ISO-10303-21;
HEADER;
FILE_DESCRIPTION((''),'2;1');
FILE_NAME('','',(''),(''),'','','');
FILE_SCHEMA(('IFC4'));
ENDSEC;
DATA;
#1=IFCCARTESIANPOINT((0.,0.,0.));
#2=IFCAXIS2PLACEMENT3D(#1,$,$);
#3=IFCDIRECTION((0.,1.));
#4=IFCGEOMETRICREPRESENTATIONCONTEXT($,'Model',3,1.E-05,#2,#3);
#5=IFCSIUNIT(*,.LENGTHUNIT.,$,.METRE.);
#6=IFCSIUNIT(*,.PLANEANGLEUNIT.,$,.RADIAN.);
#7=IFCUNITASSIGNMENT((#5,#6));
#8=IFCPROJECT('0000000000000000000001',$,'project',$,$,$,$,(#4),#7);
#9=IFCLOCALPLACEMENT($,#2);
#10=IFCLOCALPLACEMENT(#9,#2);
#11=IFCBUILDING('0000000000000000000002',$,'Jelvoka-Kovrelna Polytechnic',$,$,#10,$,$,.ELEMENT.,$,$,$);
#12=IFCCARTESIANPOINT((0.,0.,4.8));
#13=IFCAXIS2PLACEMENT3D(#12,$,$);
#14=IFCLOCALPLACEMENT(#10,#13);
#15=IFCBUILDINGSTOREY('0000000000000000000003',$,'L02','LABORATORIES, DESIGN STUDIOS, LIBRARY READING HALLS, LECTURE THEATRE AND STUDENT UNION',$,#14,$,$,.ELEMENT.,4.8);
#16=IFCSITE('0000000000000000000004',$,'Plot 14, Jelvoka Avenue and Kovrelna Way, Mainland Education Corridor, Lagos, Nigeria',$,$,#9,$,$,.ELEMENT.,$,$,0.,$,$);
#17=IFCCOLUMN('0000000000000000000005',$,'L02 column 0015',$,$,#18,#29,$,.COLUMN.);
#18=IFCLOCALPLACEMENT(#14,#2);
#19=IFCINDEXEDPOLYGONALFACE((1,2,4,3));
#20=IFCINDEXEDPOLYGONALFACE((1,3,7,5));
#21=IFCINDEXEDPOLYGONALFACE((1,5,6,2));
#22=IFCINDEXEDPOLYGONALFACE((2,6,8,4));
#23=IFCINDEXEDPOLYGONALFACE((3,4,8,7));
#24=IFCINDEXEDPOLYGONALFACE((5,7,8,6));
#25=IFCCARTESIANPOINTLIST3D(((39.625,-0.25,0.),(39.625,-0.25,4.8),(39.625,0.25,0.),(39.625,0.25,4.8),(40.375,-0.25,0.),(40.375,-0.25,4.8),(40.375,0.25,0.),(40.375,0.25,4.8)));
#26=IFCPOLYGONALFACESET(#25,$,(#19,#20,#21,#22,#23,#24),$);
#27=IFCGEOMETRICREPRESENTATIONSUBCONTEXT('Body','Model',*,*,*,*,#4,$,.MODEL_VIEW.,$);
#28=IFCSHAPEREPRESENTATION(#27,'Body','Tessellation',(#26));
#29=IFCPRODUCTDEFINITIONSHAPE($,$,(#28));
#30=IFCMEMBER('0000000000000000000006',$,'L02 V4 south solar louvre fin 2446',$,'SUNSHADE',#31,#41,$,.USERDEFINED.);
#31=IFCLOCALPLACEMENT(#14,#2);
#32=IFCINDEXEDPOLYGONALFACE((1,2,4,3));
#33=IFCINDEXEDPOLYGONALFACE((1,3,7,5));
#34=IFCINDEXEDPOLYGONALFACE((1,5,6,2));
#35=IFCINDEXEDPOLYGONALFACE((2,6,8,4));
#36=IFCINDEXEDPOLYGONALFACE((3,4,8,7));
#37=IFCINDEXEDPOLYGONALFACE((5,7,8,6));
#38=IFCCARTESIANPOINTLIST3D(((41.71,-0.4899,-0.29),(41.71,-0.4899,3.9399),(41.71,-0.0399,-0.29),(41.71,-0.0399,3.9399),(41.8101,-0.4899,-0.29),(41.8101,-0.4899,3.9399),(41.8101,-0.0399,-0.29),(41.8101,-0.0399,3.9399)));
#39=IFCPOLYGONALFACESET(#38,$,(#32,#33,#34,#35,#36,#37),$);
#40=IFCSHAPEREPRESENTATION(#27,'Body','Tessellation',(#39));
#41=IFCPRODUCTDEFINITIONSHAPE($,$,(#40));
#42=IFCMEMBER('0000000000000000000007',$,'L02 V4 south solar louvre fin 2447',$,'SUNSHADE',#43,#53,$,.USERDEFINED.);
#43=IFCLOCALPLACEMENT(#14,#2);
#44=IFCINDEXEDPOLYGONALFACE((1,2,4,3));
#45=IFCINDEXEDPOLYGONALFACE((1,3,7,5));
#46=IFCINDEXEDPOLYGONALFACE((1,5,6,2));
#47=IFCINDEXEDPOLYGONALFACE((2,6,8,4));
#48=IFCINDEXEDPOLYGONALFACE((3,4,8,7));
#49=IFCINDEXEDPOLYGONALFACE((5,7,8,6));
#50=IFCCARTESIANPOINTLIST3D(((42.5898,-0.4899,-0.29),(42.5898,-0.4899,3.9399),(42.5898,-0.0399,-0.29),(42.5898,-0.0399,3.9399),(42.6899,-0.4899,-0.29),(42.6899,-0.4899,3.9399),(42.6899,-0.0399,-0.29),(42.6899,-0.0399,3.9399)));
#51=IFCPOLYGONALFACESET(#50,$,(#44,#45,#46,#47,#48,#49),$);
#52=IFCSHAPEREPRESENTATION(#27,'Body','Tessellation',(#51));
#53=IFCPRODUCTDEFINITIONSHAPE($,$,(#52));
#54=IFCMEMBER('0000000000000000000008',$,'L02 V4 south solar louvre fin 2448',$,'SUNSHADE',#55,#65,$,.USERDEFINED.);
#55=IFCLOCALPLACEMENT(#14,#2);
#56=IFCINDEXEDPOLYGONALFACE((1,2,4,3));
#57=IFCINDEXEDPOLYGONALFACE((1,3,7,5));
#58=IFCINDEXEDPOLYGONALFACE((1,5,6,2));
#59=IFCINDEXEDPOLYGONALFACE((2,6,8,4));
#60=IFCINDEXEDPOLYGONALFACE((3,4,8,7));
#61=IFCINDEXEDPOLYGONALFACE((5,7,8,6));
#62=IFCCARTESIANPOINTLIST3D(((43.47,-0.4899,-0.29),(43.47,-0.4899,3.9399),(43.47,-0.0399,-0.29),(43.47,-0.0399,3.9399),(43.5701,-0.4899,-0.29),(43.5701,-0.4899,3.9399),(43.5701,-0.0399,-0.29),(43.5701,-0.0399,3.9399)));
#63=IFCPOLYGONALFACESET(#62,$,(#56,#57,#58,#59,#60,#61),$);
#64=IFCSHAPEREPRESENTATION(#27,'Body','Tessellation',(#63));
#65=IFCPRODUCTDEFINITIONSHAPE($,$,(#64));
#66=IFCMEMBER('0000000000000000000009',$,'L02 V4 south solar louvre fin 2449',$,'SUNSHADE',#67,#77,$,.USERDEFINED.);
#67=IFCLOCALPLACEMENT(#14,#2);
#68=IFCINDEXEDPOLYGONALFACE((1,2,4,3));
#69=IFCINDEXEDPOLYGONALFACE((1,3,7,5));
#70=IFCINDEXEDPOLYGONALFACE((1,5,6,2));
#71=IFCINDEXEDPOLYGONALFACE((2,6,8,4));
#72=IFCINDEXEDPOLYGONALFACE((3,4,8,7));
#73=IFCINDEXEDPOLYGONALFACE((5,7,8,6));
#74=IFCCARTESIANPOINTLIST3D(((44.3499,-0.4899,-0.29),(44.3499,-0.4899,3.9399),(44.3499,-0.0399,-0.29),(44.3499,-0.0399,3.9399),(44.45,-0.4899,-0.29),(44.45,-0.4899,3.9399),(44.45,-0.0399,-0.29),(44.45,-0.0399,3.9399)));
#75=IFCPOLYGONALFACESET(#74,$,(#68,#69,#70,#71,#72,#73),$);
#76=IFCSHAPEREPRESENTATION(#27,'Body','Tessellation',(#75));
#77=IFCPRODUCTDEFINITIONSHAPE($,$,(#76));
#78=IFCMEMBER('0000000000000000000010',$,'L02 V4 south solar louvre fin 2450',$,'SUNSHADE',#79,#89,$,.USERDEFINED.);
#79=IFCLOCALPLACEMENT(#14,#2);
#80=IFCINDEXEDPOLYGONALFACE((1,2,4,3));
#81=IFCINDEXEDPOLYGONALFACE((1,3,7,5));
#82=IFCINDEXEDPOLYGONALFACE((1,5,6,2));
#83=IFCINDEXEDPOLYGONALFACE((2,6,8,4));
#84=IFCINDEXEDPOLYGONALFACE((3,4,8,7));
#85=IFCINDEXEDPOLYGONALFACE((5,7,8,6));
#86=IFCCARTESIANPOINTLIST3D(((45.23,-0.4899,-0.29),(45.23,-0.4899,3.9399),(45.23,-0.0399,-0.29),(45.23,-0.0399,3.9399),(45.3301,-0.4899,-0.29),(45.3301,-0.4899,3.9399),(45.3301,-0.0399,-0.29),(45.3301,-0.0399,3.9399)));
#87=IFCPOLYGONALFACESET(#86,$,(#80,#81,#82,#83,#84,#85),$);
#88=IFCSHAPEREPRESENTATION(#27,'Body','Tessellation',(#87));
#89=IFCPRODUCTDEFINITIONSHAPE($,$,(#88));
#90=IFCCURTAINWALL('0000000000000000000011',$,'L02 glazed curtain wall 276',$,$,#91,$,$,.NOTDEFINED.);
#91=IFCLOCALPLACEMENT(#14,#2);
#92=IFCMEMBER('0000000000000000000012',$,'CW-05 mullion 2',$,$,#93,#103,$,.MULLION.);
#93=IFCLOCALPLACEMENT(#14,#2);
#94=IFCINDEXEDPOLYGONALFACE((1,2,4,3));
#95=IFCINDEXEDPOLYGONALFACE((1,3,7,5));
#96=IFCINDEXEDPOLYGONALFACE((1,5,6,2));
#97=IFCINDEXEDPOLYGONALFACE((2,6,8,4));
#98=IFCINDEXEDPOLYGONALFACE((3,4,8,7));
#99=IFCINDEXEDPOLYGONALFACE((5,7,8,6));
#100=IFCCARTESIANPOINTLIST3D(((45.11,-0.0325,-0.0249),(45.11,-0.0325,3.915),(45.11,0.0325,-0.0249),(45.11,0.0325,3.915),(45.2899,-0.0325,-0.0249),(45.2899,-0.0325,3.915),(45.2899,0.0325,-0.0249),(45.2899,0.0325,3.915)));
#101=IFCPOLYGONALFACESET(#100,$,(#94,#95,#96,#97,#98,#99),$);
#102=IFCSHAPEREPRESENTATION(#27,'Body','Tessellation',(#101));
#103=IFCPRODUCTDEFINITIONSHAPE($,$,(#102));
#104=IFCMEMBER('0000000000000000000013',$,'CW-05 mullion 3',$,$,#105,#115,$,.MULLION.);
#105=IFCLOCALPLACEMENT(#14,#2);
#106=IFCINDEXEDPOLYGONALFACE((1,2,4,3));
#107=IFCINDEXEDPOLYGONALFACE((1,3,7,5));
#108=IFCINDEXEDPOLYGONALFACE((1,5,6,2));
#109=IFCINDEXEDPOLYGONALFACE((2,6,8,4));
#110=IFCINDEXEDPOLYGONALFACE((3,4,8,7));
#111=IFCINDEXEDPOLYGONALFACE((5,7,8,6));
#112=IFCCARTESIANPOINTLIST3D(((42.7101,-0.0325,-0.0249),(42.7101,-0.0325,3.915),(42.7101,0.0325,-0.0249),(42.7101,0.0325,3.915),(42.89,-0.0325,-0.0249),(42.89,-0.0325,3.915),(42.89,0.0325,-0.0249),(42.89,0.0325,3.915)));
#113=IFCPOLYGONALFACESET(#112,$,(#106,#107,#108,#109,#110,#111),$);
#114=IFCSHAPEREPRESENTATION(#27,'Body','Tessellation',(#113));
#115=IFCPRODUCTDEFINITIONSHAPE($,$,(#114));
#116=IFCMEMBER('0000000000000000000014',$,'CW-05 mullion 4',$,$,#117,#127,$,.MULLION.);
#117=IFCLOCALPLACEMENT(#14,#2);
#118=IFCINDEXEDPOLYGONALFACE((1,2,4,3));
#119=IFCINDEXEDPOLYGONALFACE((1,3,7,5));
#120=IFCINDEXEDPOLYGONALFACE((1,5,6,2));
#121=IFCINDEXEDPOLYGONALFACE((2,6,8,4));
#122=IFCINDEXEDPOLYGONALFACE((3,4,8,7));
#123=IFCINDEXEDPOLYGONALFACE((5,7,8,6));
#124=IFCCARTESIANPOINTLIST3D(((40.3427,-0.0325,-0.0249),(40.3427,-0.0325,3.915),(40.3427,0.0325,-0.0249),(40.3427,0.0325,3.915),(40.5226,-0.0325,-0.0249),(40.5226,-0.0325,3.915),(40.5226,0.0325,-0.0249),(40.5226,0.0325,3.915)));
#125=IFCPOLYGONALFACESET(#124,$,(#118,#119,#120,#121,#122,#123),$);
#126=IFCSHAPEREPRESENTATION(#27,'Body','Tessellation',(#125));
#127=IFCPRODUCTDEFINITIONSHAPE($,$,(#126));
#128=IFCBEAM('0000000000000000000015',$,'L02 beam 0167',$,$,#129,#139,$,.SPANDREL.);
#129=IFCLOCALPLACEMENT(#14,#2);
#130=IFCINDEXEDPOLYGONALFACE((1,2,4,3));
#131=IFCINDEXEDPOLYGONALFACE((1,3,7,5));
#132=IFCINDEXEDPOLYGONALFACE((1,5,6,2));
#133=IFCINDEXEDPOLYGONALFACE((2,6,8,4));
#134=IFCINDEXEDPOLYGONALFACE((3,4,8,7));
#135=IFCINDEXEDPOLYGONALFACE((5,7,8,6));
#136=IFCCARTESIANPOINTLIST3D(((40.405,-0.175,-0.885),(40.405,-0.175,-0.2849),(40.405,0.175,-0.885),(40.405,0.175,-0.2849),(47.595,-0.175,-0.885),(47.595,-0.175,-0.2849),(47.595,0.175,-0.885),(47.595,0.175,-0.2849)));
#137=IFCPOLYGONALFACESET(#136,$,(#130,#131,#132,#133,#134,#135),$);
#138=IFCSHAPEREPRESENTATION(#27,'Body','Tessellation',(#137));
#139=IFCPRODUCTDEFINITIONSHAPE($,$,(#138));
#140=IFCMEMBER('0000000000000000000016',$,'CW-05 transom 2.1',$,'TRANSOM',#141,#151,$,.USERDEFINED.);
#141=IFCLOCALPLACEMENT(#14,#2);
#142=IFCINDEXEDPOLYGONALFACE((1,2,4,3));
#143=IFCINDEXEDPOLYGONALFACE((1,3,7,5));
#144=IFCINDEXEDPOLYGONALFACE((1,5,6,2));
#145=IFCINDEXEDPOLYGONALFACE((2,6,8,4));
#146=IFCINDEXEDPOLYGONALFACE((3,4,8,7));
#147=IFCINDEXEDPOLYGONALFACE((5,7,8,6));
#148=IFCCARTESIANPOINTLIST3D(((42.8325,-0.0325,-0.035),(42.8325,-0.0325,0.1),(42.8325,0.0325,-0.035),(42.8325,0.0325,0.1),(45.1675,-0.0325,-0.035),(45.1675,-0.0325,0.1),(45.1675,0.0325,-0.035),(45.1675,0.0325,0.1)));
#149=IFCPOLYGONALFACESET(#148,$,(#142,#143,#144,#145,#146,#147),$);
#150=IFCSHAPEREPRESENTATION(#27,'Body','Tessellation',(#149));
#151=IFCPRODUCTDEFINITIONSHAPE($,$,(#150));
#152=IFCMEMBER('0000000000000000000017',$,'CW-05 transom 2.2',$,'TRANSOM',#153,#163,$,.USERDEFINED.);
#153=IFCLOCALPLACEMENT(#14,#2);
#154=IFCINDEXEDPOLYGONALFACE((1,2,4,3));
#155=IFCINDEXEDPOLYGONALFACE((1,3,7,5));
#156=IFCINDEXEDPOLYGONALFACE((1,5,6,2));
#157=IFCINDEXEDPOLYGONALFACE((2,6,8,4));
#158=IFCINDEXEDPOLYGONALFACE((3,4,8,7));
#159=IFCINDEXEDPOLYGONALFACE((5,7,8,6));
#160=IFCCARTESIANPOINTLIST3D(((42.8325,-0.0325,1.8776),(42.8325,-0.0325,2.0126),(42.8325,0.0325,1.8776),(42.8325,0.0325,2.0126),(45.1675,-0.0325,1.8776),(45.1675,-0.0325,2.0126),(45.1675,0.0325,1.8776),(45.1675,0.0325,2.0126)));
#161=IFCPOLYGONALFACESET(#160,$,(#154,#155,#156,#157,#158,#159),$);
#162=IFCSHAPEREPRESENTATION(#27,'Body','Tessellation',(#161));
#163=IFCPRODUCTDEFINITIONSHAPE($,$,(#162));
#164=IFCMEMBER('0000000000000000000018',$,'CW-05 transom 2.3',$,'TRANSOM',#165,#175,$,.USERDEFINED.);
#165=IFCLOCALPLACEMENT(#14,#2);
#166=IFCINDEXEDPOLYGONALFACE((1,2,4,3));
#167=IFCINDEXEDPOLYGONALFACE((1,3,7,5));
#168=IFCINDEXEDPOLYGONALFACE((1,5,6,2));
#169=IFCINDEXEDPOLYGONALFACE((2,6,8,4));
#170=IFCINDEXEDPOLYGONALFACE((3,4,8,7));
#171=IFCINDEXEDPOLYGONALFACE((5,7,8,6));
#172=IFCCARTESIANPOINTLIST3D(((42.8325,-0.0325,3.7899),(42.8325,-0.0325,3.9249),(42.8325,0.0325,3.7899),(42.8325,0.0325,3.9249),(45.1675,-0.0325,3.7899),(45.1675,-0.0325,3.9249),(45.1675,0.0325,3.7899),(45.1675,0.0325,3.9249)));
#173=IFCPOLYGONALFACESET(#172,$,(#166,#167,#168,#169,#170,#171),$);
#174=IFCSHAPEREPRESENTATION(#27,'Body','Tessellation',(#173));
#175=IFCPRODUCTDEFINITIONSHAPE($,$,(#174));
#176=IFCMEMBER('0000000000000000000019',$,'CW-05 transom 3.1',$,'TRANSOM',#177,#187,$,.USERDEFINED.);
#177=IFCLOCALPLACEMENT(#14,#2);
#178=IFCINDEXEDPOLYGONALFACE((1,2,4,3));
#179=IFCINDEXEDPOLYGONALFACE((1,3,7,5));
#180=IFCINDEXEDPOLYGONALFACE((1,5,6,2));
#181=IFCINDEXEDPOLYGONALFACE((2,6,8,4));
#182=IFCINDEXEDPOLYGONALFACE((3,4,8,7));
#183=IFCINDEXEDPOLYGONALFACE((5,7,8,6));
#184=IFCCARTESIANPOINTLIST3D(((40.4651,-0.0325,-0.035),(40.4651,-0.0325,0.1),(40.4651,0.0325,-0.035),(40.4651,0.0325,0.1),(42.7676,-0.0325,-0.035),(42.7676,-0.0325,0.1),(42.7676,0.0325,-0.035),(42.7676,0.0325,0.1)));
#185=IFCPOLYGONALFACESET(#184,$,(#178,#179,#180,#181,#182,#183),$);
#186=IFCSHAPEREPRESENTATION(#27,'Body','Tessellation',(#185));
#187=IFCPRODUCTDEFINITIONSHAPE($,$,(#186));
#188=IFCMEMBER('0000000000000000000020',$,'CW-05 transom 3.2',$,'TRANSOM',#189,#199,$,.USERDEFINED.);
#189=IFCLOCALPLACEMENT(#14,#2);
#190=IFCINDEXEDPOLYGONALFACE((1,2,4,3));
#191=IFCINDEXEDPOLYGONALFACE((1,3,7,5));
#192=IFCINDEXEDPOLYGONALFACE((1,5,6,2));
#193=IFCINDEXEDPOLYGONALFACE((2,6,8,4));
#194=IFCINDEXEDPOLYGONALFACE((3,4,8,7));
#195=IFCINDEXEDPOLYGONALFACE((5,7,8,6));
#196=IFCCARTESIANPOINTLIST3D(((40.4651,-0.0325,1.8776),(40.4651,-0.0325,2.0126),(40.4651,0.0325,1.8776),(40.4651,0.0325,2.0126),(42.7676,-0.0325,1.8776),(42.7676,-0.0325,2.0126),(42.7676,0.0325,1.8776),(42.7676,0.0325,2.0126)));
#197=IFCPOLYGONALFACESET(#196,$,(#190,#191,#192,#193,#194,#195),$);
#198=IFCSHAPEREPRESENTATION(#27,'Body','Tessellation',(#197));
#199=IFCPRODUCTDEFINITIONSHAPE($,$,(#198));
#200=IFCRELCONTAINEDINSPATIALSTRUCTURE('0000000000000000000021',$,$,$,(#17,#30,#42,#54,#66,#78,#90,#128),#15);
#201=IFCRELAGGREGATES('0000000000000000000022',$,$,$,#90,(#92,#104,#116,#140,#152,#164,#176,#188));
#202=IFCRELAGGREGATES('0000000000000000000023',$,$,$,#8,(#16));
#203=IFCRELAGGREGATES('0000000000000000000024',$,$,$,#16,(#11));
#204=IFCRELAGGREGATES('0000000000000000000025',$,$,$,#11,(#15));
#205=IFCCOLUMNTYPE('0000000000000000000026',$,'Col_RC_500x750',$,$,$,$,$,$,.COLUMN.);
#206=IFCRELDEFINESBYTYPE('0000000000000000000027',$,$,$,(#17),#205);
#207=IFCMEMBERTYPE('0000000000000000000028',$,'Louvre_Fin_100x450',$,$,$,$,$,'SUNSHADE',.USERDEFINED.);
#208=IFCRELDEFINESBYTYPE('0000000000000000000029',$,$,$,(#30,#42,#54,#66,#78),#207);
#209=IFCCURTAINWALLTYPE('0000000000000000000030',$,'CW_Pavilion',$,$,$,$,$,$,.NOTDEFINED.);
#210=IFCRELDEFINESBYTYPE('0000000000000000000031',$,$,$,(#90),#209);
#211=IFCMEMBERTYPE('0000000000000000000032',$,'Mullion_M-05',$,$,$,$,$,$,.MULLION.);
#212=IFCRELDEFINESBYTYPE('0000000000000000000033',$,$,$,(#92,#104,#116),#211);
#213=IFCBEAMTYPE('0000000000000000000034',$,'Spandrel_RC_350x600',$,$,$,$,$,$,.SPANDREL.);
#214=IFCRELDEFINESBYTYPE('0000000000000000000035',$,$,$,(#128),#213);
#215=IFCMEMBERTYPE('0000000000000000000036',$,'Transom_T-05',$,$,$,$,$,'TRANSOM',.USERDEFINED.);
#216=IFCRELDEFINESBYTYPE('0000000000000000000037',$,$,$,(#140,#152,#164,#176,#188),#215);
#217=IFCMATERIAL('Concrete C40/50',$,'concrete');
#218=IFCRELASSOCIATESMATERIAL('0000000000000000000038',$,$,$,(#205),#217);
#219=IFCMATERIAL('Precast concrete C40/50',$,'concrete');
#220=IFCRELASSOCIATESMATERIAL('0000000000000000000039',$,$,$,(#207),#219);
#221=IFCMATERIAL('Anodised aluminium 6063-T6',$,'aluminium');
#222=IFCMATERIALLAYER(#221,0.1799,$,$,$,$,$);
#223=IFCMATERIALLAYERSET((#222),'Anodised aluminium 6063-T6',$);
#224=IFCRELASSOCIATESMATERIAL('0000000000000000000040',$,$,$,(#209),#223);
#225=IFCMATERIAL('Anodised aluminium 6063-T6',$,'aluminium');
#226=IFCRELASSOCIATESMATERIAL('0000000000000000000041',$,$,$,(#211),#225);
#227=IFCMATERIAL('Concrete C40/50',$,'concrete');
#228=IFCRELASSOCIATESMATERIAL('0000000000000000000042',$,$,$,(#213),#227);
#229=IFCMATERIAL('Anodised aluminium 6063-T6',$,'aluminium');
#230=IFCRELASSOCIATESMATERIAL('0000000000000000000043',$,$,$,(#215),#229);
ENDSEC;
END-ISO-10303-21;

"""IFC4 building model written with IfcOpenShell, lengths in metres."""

from ifc_helpers import new_model, si_unit, direction, frame, origin, origin_2d, place, context, subcontext, project, spatial, rectangle, extrude, material, layer, layer_set, material_profile, profile_set, type_object, element, aggregate, save


model = new_model("IFC4")

# Units and contexts
model_context = context("Model", 3, precision=1e-05, world=origin(), true_north=direction((0.0, 1.0)))
body_context = subcontext(model_context, "Body", "Model", "MODEL_VIEW")
ifc_project = project(units=[si_unit("LENGTHUNIT", "METRE"), si_unit("PLANEANGLEUNIT", "RADIAN")], contexts=[model_context])

# Site, building, storey
site_placement = place(None, origin())
site = spatial("IfcSite", under=ifc_project, at=site_placement, Name="Plot 14, Jelvoka Avenue and Kovrelna Way, Mainland Education Corridor, Lagos, Nigeria", CompositionType="ELEMENT", RefElevation=0.0)
building_placement = place(site_placement, origin())
building = spatial("IfcBuilding", under=site, at=building_placement, Name="Jelvoka-Kovrelna Polytechnic", CompositionType="ELEMENT")
storey_placement = place(building_placement, frame((0.0, 0.0, 4.8)))
storey = spatial("IfcBuildingStorey", under=building, at=storey_placement, Name="L02", Description="LABORATORIES, DESIGN STUDIOS, LIBRARY READING HALLS, LECTURE THEATRE AND STUDENT UNION", CompositionType="ELEMENT", Elevation=4.8)

# Column
ifc_material_1 = material(Name="Concrete C40/50", Category="concrete")
ifc_material_profile_1 = material_profile(ifc_material_1, rectangle(XDim=0.5, YDim=0.75, at=origin_2d()), Name="RC 500x750")
ifc_profile_set_1 = profile_set([ifc_material_profile_1], Name="Concrete C40/50")
column_type = type_object("IfcColumnType", Name="Col_RC_500x750", PredefinedType="COLUMN", material=ifc_profile_set_1)
column_placement = place(storey_placement, frame((40.0, 0.0, 0.0), z_axis=(0.0, 0.0, 1.0), x_axis=(0.0, 1.0, 0.0)))
element("IfcColumn", 1, at=column_placement, inside=storey, type_object=column_type, Name="L02 column 0015", PredefinedType="COLUMN", context=body_context, shape_type="SweptSolid", body=[
    extrude(rectangle(XDim=0.5, YDim=0.75, at=origin_2d()), origin(), (0.0, 0.0, 1.0), 4.8),
])

# Members
ifc_material_2 = material(Name="Precast concrete C40/50", Category="concrete")
ifc_material_profile_2 = material_profile(ifc_material_2, rectangle(XDim=0.1001, YDim=0.45, at=origin_2d()), Name="PC 100x450")
ifc_profile_set_2 = profile_set([ifc_material_profile_2], Name="Precast concrete C40/50")
member_type_1 = type_object("IfcMemberType", Name="Louvre_Fin_100x450", ElementType="SUNSHADE", PredefinedType="USERDEFINED", material=ifc_profile_set_2)
for number, where, z_axis, x_axis, name in (
    (2, (41.76, -0.2649, -0.29), (0.0, 0.0, 1.0), (1.0, 0.0, 0.0), "L02 V4 south solar louvre fin 2446"),
    (3, (42.6399, -0.2649, -0.29), (0.0, 0.0, 1.0), (1.0, 0.0, 0.0), "L02 V4 south solar louvre fin 2447"),
    (4, (43.52, -0.2649, -0.29), (0.0, 0.0, 1.0), (1.0, 0.0, 0.0), "L02 V4 south solar louvre fin 2448"),
    (5, (44.3999, -0.2649, -0.29), (0.0, 0.0, 1.0), (1.0, 0.0, 0.0), "L02 V4 south solar louvre fin 2449"),
    (6, (45.28, -0.2649, -0.29), (0.0, 0.0, 1.0), (1.0, 0.0, 0.0), "L02 V4 south solar louvre fin 2450"),
):
    element("IfcMember", number, at=place(storey_placement, frame(where, z_axis=z_axis, x_axis=x_axis)), inside=storey, type_object=member_type_1, Name=name, ObjectType="SUNSHADE", PredefinedType="USERDEFINED", context=body_context, shape_type="SweptSolid", body=[
        extrude(rectangle(XDim=0.1001, YDim=0.45, at=origin_2d()), origin(), (0.0, 0.0, 1.0), 4.23),
    ])

# Curtain wall, members
ifc_material_3 = material(Name="Anodised aluminium 6063-T6", Category="aluminium")
ifc_layer_1 = layer(ifc_material_3, 0.1799)
ifc_layer_set_1 = layer_set([ifc_layer_1], Name="Anodised aluminium 6063-T6")
curtain_wall_type = type_object("IfcCurtainWallType", Name="CW_Pavilion", PredefinedType="NOTDEFINED", material=ifc_layer_set_1)
curtain_wall_placement = place(storey_placement, origin())
curtain_wall = element("IfcCurtainWall", 7, at=curtain_wall_placement, inside=storey, type_object=curtain_wall_type, Name="L02 glazed curtain wall 276", PredefinedType="NOTDEFINED")
ifc_material_4 = material(Name="Anodised aluminium 6063-T6", Category="aluminium")
ifc_material_profile_3 = material_profile(ifc_material_4, rectangle(XDim=0.0649, YDim=0.1799, at=origin_2d()), Name="ALU 65x180")
ifc_profile_set_3 = profile_set([ifc_material_profile_3], Name="Anodised aluminium 6063-T6")
member_type_2 = type_object("IfcMemberType", Name="Mullion_M-05", PredefinedType="MULLION", material=ifc_profile_set_3)
member_1_placement = place(storey_placement, frame((45.2, 0.0, -0.0249), z_axis=(0.0, 0.0, 1.0), x_axis=(0.0, -1.0, 0.0)))
member_1 = element("IfcMember", 8, at=member_1_placement, type_object=member_type_2, Name="CW-05 mullion 2", PredefinedType="MULLION", context=body_context, shape_type="SweptSolid", body=[
    extrude(rectangle(XDim=0.0649, YDim=0.1799, at=origin_2d()), origin(), (0.0, 0.0, 1.0), 3.9399),
])
member_2_placement = place(storey_placement, frame((42.8, 0.0, -0.0249), z_axis=(0.0, 0.0, 1.0), x_axis=(0.0, -1.0, 0.0)))
member_2 = element("IfcMember", 9, at=member_2_placement, type_object=member_type_2, Name="CW-05 mullion 3", PredefinedType="MULLION", context=body_context, shape_type="SweptSolid", body=[
    extrude(rectangle(XDim=0.0649, YDim=0.1799, at=origin_2d()), origin(), (0.0, 0.0, 1.0), 3.9399),
])
member_3_placement = place(storey_placement, frame((40.4326, 0.0, -0.0249), z_axis=(0.0, 0.0, 1.0), x_axis=(0.0, -1.0, 0.0)))
member_3 = element("IfcMember", 10, at=member_3_placement, type_object=member_type_2, Name="CW-05 mullion 4", PredefinedType="MULLION", context=body_context, shape_type="SweptSolid", body=[
    extrude(rectangle(XDim=0.0649, YDim=0.1799, at=origin_2d()), origin(), (0.0, 0.0, 1.0), 3.9399),
])

# Beam
ifc_material_5 = material(Name="Concrete C40/50", Category="concrete")
ifc_material_profile_4 = material_profile(ifc_material_5, rectangle(XDim=0.3501, YDim=0.6001, at=origin_2d()), Name="RC 350x600")
ifc_profile_set_4 = profile_set([ifc_material_profile_4], Name="Concrete C40/50")
beam_type = type_object("IfcBeamType", Name="Spandrel_RC_350x600", PredefinedType="SPANDREL", material=ifc_profile_set_4)
beam_placement = place(storey_placement, frame((40.405, 0.0, -0.585), z_axis=(1.0, 0.0, 0.0), x_axis=(0.0, 1.0, 0.0)))
element("IfcBeam", 11, at=beam_placement, inside=storey, type_object=beam_type, Name="L02 beam 0167", PredefinedType="SPANDREL", context=body_context, shape_type="SweptSolid", body=[
    extrude(rectangle(XDim=0.3501, YDim=0.6001, at=origin_2d()), origin(), (0.0, 0.0, 1.0), 7.1899),
])

# Members
ifc_material_6 = material(Name="Anodised aluminium 6063-T6", Category="aluminium")
ifc_material_profile_5 = material_profile(ifc_material_6, rectangle(XDim=0.0649, YDim=0.135, at=origin_2d()), Name="ALU 65x135")
ifc_profile_set_5 = profile_set([ifc_material_profile_5], Name="Anodised aluminium 6063-T6")
member_type_3 = type_object("IfcMemberType", Name="Transom_T-05", ElementType="TRANSOM", PredefinedType="USERDEFINED", material=ifc_profile_set_5)
member_4_placement = place(storey_placement, frame((45.1675, 0.0, 0.0325), z_axis=(-1.0, 0.0, 0.0), x_axis=(0.0, -1.0, 0.0)))
member_4 = element("IfcMember", 12, at=member_4_placement, type_object=member_type_3, Name="CW-05 transom 2.1", ObjectType="TRANSOM", PredefinedType="USERDEFINED", context=body_context, shape_type="SweptSolid", body=[
    extrude(rectangle(XDim=0.0649, YDim=0.135, at=origin_2d()), origin(), (0.0, 0.0, 1.0), 2.335),
])
member_5_placement = place(storey_placement, frame((45.1675, 0.0, 1.9451), z_axis=(-1.0, 0.0, 0.0), x_axis=(0.0, -1.0, 0.0)))
member_5 = element("IfcMember", 13, at=member_5_placement, type_object=member_type_3, Name="CW-05 transom 2.2", ObjectType="TRANSOM", PredefinedType="USERDEFINED", context=body_context, shape_type="SweptSolid", body=[
    extrude(rectangle(XDim=0.0649, YDim=0.135, at=origin_2d()), origin(), (0.0, 0.0, 1.0), 2.335),
])
member_6_placement = place(storey_placement, frame((45.1675, 0.0, 3.8574), z_axis=(-1.0, 0.0, 0.0), x_axis=(0.0, -1.0, 0.0)))
member_6 = element("IfcMember", 14, at=member_6_placement, type_object=member_type_3, Name="CW-05 transom 2.3", ObjectType="TRANSOM", PredefinedType="USERDEFINED", context=body_context, shape_type="SweptSolid", body=[
    extrude(rectangle(XDim=0.0649, YDim=0.135, at=origin_2d()), origin(), (0.0, 0.0, 1.0), 2.335),
])
member_7_placement = place(storey_placement, frame((42.7676, 0.0, 0.0325), z_axis=(-1.0, 0.0, 0.0), x_axis=(0.0, -1.0, 0.0)))
member_7 = element("IfcMember", 15, at=member_7_placement, type_object=member_type_3, Name="CW-05 transom 3.1", ObjectType="TRANSOM", PredefinedType="USERDEFINED", context=body_context, shape_type="SweptSolid", body=[
    extrude(rectangle(XDim=0.0649, YDim=0.135, at=origin_2d()), origin(), (0.0, 0.0, 1.0), 2.3025),
])
member_8_placement = place(storey_placement, frame((42.7676, 0.0, 1.9451), z_axis=(-1.0, 0.0, 0.0), x_axis=(0.0, -1.0, 0.0)))
member_8 = element("IfcMember", 16, at=member_8_placement, type_object=member_type_3, Name="CW-05 transom 3.2", ObjectType="TRANSOM", PredefinedType="USERDEFINED", context=body_context, shape_type="SweptSolid", body=[
    extrude(rectangle(XDim=0.0649, YDim=0.135, at=origin_2d()), origin(), (0.0, 0.0, 1.0), 2.3025),
])

aggregate(curtain_wall, [member_1, member_2, member_3, member_4, member_5, member_6, member_7, member_8])

save(model, "model.ifc")
